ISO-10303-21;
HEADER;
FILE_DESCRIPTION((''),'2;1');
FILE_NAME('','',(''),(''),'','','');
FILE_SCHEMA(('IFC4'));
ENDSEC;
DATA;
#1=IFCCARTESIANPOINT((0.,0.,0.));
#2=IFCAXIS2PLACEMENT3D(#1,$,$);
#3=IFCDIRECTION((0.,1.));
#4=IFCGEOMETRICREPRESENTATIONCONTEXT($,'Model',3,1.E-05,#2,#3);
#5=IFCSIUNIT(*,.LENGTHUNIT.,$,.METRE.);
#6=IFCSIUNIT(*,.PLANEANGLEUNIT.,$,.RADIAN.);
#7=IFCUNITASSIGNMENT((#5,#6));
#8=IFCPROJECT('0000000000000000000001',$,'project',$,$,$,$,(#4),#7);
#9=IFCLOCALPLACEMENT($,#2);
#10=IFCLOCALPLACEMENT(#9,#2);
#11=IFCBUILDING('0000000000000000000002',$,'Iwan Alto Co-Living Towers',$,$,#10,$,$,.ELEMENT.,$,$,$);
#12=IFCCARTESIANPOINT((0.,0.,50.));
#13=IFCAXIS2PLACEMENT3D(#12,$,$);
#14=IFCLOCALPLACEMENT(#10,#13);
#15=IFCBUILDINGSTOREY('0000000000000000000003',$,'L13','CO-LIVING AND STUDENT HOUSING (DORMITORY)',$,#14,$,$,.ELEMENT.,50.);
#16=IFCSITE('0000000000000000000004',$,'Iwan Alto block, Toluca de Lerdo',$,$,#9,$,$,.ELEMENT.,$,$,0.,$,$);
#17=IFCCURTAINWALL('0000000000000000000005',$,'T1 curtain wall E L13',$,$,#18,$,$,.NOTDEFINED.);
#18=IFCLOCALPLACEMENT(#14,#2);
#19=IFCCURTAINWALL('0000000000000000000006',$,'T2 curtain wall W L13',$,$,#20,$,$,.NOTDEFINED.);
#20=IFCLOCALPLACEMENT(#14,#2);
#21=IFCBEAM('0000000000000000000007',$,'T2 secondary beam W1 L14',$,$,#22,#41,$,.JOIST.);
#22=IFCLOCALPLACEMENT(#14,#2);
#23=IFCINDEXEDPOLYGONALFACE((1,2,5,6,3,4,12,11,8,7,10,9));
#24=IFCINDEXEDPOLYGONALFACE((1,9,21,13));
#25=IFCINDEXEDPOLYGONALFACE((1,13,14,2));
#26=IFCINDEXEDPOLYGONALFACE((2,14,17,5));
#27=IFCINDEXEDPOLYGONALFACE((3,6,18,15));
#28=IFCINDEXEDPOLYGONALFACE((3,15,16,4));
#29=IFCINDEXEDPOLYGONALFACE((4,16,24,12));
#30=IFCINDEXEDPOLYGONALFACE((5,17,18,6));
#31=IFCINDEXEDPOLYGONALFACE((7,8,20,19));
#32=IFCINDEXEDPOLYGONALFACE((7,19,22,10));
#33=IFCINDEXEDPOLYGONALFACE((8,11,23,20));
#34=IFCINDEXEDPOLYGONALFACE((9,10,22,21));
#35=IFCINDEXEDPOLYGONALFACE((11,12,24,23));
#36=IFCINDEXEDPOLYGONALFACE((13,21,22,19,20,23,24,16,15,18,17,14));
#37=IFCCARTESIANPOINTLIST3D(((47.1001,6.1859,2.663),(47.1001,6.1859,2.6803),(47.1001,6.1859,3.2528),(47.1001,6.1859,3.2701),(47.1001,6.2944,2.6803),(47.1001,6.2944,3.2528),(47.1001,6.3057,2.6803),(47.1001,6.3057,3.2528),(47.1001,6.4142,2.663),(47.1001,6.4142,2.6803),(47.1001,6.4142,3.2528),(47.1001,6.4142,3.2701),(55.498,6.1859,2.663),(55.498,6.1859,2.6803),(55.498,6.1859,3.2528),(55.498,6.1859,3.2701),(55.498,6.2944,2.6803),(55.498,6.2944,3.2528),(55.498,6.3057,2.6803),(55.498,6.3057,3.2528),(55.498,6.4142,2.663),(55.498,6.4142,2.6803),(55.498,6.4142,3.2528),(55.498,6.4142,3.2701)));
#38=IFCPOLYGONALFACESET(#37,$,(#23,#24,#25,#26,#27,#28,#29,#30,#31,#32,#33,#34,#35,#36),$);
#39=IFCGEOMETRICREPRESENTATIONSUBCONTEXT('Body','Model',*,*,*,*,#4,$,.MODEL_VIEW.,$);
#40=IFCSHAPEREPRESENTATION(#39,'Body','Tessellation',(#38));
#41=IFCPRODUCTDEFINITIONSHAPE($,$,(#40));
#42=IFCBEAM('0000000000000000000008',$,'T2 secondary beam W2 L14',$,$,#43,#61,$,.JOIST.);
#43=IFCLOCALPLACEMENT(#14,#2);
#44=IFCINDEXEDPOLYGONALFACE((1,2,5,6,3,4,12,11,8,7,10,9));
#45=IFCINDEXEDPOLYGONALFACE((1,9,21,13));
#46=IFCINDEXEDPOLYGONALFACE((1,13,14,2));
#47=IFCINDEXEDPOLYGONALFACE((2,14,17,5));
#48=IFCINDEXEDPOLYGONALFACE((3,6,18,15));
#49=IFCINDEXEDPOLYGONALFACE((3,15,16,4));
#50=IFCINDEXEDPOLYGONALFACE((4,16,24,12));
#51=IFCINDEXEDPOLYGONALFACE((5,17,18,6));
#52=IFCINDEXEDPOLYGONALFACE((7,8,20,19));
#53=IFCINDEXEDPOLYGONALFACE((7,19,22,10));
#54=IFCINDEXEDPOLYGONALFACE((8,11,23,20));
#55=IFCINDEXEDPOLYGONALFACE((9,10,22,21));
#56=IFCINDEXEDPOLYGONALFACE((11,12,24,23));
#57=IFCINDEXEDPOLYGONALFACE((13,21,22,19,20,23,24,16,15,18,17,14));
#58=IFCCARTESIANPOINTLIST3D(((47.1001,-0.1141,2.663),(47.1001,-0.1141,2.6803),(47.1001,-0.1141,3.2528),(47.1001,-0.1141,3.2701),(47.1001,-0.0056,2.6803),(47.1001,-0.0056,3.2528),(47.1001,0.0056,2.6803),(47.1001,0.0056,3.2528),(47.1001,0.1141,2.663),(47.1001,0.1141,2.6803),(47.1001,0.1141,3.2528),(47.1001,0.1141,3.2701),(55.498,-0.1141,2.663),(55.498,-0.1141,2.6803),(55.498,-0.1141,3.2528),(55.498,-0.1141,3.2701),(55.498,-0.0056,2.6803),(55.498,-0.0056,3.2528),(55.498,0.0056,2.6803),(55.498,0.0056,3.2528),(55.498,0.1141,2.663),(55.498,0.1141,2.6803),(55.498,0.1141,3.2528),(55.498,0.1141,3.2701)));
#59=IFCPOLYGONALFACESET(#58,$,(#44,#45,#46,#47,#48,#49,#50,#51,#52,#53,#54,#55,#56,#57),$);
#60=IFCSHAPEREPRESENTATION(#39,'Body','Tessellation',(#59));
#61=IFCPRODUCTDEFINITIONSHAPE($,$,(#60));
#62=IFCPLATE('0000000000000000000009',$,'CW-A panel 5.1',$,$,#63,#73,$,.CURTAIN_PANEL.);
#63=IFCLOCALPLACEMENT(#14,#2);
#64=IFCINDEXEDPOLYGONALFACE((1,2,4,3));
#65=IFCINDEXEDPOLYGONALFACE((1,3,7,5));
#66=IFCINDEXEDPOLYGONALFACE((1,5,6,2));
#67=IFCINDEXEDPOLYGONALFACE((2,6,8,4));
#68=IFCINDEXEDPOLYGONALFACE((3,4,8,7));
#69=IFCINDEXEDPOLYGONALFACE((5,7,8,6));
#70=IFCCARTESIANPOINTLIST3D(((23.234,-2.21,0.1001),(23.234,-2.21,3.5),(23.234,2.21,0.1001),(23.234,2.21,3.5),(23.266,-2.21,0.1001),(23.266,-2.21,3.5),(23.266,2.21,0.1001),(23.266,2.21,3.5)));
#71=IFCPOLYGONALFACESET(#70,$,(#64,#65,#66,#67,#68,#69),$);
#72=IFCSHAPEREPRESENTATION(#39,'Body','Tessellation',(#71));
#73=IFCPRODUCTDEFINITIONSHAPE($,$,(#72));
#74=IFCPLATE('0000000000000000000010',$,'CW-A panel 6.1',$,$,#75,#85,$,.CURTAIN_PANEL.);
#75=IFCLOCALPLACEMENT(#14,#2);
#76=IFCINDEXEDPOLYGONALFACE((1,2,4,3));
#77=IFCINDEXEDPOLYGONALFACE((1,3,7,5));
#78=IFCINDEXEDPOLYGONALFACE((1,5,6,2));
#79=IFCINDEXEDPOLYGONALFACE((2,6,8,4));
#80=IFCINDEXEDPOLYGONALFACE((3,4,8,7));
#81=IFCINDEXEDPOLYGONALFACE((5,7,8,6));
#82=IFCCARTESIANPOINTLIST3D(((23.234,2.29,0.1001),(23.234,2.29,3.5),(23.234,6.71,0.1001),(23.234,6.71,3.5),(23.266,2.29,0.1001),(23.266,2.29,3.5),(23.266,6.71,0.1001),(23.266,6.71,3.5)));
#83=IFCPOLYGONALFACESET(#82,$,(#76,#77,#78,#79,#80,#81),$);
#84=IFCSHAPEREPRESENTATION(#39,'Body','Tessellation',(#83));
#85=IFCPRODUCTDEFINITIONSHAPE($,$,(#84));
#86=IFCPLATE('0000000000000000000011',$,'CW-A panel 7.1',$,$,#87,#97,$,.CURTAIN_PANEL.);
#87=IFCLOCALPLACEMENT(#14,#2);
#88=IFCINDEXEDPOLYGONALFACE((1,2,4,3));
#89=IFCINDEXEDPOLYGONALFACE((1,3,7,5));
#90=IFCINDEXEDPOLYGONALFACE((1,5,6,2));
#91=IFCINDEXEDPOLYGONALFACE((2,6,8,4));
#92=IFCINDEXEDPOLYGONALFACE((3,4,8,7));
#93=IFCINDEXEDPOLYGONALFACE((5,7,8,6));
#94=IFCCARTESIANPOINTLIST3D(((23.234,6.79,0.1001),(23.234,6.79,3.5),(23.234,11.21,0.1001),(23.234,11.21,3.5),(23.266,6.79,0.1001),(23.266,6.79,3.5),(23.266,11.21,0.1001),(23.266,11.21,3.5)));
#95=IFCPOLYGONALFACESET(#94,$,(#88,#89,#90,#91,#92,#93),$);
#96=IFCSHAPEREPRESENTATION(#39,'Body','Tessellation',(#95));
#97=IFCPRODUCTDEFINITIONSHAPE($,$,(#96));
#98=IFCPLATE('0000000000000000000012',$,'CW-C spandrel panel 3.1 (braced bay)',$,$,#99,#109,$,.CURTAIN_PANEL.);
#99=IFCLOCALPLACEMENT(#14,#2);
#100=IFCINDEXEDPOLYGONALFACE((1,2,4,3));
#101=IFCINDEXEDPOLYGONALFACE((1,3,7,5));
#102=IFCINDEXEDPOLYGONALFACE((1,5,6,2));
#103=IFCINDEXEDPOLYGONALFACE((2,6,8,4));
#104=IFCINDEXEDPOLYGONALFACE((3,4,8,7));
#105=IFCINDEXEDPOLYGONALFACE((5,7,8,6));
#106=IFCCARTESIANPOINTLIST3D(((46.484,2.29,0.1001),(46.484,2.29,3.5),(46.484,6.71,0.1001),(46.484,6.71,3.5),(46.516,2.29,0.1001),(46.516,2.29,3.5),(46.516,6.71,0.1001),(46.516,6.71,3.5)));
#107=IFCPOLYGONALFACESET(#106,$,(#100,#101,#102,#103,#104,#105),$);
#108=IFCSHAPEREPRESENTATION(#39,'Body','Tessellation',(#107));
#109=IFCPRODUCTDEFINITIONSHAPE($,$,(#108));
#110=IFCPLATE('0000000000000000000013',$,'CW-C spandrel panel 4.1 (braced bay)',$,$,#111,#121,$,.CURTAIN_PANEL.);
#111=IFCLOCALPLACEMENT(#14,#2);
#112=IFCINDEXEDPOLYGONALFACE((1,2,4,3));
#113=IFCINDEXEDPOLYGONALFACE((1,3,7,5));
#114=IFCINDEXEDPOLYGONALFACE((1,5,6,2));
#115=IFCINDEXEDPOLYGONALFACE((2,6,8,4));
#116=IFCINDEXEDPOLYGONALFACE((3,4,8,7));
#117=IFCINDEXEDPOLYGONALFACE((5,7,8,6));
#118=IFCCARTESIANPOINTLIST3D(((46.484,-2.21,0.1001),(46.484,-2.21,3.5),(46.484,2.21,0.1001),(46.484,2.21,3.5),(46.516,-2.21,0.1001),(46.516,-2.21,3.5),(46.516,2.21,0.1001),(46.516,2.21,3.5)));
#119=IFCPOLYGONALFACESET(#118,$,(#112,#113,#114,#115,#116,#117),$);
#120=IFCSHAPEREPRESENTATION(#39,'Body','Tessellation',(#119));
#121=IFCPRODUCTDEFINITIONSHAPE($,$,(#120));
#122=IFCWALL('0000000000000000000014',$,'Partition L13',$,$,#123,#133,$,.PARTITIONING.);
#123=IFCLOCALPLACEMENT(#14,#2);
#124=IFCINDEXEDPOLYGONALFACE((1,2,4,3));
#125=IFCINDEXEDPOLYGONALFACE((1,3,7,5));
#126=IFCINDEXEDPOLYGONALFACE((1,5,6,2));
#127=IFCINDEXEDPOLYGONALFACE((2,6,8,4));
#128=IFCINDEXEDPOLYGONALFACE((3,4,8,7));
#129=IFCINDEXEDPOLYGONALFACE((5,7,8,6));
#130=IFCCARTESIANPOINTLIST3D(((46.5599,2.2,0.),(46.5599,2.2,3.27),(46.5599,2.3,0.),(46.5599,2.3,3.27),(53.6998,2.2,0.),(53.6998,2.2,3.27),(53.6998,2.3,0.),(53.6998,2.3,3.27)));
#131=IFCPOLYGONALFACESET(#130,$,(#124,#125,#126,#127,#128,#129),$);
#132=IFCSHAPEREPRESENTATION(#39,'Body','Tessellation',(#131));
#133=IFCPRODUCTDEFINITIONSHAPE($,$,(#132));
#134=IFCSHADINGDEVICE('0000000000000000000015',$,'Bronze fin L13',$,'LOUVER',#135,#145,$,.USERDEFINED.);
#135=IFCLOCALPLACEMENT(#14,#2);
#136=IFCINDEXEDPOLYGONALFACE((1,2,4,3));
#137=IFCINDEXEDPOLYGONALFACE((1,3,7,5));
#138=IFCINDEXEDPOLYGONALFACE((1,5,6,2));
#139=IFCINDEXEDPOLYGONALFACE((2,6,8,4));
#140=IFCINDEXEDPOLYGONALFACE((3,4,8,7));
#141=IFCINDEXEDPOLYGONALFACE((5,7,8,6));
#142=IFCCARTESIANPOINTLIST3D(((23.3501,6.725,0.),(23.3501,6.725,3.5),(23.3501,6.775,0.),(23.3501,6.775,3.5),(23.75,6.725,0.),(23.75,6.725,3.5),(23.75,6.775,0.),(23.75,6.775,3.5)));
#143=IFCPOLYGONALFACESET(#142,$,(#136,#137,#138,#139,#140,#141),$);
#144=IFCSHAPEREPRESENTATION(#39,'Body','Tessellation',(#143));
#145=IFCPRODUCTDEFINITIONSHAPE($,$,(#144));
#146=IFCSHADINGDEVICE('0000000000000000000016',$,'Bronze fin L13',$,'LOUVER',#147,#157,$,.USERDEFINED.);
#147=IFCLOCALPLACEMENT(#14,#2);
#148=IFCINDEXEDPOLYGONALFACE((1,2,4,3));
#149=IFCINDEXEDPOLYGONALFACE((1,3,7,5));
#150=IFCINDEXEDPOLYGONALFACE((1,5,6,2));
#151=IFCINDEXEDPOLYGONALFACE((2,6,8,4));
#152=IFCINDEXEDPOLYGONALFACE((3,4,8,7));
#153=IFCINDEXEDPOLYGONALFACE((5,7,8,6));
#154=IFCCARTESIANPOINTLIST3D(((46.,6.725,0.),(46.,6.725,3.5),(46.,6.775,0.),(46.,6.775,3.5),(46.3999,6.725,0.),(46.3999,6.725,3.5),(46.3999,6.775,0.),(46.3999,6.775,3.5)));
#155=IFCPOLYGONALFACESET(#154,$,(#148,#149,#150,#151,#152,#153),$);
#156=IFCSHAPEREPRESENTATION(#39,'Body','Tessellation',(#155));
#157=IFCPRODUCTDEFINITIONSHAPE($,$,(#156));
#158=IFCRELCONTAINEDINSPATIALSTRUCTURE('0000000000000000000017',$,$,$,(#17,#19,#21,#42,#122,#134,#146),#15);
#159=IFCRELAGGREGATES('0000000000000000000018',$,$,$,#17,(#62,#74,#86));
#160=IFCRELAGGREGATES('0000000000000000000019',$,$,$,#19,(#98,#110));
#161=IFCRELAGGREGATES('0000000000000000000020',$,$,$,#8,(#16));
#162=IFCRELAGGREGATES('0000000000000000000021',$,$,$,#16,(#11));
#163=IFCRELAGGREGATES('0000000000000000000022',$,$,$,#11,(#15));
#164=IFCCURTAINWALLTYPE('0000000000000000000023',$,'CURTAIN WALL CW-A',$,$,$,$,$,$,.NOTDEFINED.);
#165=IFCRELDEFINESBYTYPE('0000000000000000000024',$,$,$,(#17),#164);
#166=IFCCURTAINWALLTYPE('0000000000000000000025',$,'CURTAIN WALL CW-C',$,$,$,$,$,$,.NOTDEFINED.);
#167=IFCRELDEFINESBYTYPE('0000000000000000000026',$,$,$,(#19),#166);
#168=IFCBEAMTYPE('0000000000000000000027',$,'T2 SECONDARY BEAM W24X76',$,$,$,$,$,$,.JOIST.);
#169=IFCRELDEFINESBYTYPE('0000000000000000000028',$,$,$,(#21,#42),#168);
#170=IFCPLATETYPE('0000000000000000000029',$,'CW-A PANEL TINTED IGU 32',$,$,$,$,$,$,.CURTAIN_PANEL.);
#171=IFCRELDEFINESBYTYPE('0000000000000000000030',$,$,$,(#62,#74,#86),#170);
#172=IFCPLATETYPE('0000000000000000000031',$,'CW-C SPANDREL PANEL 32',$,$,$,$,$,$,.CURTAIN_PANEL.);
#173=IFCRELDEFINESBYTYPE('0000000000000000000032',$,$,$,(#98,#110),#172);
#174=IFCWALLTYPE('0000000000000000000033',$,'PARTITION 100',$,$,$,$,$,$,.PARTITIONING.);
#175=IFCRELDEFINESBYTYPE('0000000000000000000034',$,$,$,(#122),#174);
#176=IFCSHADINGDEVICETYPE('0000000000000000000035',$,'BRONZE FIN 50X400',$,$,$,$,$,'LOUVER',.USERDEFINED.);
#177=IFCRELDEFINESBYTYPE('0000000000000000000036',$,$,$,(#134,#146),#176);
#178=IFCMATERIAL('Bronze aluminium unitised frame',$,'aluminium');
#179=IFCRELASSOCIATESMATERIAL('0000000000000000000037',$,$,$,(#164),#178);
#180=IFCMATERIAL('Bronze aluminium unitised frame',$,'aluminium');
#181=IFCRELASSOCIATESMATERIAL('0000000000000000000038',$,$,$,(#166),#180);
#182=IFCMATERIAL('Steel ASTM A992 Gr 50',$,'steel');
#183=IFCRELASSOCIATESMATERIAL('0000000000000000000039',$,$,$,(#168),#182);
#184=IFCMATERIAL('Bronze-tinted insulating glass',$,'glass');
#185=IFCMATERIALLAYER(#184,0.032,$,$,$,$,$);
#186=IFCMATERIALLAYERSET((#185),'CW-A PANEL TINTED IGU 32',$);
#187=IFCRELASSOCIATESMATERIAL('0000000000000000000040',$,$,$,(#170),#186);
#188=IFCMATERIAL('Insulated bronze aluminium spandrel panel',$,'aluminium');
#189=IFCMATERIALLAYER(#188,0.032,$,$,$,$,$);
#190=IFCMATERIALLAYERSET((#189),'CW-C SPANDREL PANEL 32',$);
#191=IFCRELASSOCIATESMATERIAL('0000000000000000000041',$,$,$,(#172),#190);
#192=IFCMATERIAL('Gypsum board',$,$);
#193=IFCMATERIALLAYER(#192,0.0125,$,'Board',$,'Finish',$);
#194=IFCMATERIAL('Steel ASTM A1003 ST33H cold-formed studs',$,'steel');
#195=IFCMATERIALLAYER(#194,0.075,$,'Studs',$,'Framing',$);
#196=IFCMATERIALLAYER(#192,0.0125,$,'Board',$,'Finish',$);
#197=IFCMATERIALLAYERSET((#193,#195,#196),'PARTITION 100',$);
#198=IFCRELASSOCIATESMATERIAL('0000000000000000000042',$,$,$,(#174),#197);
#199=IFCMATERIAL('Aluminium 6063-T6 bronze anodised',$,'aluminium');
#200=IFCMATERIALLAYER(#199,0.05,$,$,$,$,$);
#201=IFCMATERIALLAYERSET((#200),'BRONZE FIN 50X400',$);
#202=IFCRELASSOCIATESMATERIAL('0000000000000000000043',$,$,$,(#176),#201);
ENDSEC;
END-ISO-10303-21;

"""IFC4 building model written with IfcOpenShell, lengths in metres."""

from ifc_helpers import new_model, si_unit, direction, frame, frame_2d, origin, origin_2d, place, context, subcontext, project, spatial, rectangle, i_section, extrude, material, layer, layer_set, material_profile, profile_set, type_object, element, aggregate, save


model = new_model("IFC4")

# Units and contexts
model_context = context("Model", 3, precision=1e-05, world=origin(), true_north=direction((0.0, 1.0)))
body_context = subcontext(model_context, "Body", "Model", "MODEL_VIEW")
ifc_project = project(units=[si_unit("LENGTHUNIT", "METRE"), si_unit("PLANEANGLEUNIT", "RADIAN")], contexts=[model_context])

# Site, building, storey
site_placement = place(None, origin())
site = spatial("IfcSite", under=ifc_project, at=site_placement, Name="Iwan Alto block, Toluca de Lerdo", CompositionType="ELEMENT", RefElevation=0.0)
building_placement = place(site_placement, origin())
building = spatial("IfcBuilding", under=site, at=building_placement, Name="Iwan Alto Co-Living Towers", CompositionType="ELEMENT")
storey_placement = place(building_placement, frame((0.0, 0.0, 50.0)))
storey = spatial("IfcBuildingStorey", under=building, at=storey_placement, Name="L13", Description="CO-LIVING AND STUDENT HOUSING (DORMITORY)", CompositionType="ELEMENT", Elevation=50.0)

# Curtain walls
ifc_material_1 = material(Name="Bronze aluminium unitised frame", Category="aluminium")
curtain_wall_type_1 = type_object("IfcCurtainWallType", Name="CURTAIN WALL CW-A", PredefinedType="NOTDEFINED", material=ifc_material_1)
curtain_wall_1_placement = place(storey_placement, origin())
curtain_wall_1 = element("IfcCurtainWall", 1, at=curtain_wall_1_placement, inside=storey, type_object=curtain_wall_type_1, Name="T1 curtain wall E L13", PredefinedType="NOTDEFINED")
ifc_material_2 = material(Name="Bronze aluminium unitised frame", Category="aluminium")
curtain_wall_type_2 = type_object("IfcCurtainWallType", Name="CURTAIN WALL CW-C", PredefinedType="NOTDEFINED", material=ifc_material_2)
curtain_wall_2_placement = place(storey_placement, origin())
curtain_wall_2 = element("IfcCurtainWall", 2, at=curtain_wall_2_placement, inside=storey, type_object=curtain_wall_type_2, Name="T2 curtain wall W L13", PredefinedType="NOTDEFINED")

# Beams
ifc_material_3 = material(Name="Steel ASTM A992 Gr 50", Category="steel")
ifc_material_profile_1 = material_profile(ifc_material_3, i_section(OverallWidth=0.2283, OverallDepth=0.6072, WebThickness=0.0112, FlangeThickness=0.0173, at=origin_2d()), Name="W24X76")
ifc_profile_set_1 = profile_set([ifc_material_profile_1], Name="Steel ASTM A992 Gr 50")
beam_type_1 = type_object("IfcBeamType", Name="T2 SECONDARY BEAM W24X76", PredefinedType="JOIST", material=ifc_profile_set_1)
for number, where, z_axis, x_axis, name in (
    (3, (47.1001, 6.3, 2.9666), (1.0, 0.0, 0.0), (0.0, 1.0, 0.0), "T2 secondary beam W1 L14"),
    (4, (47.1001, 0.0, 2.9666), (1.0, 0.0, 0.0), (0.0, 1.0, 0.0), "T2 secondary beam W2 L14"),
):
    element("IfcBeam", number, at=place(storey_placement, frame(where, z_axis=z_axis, x_axis=x_axis)), inside=storey, type_object=beam_type_1, Name=name, PredefinedType="JOIST", context=body_context, shape_type="SweptSolid", body=[
        extrude(i_section(OverallWidth=0.2283, OverallDepth=0.6072, WebThickness=0.0112, FlangeThickness=0.0173, at=origin_2d()), origin(), (0.0, 0.0, 1.0), 8.3979),
    ])

# Plates
ifc_material_4 = material(Name="Bronze-tinted insulating glass", Category="glass")
ifc_layer_1 = layer(ifc_material_4, 0.032)
ifc_layer_set_1 = layer_set([ifc_layer_1], Name="CW-A PANEL TINTED IGU 32")
plate_type_1 = type_object("IfcPlateType", Name="CW-A PANEL TINTED IGU 32", PredefinedType="CURTAIN_PANEL", material=ifc_layer_set_1)
plate_1_placement = place(storey_placement, frame((23.25, 0.0, 0.1001), z_axis=(0.0, 0.0, 1.0), x_axis=(0.0, 1.0, 0.0)))
plate_1 = element("IfcPlate", 5, at=plate_1_placement, type_object=plate_type_1, Name="CW-A panel 5.1", PredefinedType="CURTAIN_PANEL", context=body_context, shape_type="SweptSolid", body=[
    extrude(rectangle(XDim=4.4199, YDim=0.032, at=origin_2d()), origin(), (0.0, 0.0, 1.0), 3.3999),
])
plate_2_placement = place(storey_placement, frame((23.25, 4.5, 0.1001), z_axis=(0.0, 0.0, 1.0), x_axis=(0.0, 1.0, 0.0)))
plate_2 = element("IfcPlate", 6, at=plate_2_placement, type_object=plate_type_1, Name="CW-A panel 6.1", PredefinedType="CURTAIN_PANEL", context=body_context, shape_type="SweptSolid", body=[
    extrude(rectangle(XDim=4.4199, YDim=0.032, at=origin_2d()), origin(), (0.0, 0.0, 1.0), 3.3999),
])
plate_3_placement = place(storey_placement, frame((23.25, 9.0, 0.1001), z_axis=(0.0, 0.0, 1.0), x_axis=(0.0, 1.0, 0.0)))
plate_3 = element("IfcPlate", 7, at=plate_3_placement, type_object=plate_type_1, Name="CW-A panel 7.1", PredefinedType="CURTAIN_PANEL", context=body_context, shape_type="SweptSolid", body=[
    extrude(rectangle(XDim=4.4199, YDim=0.032, at=origin_2d()), origin(), (0.0, 0.0, 1.0), 3.3999),
])
aggregate(curtain_wall_1, [plate_1, plate_2, plate_3])
ifc_material_5 = material(Name="Insulated bronze aluminium spandrel panel", Category="aluminium")
ifc_layer_2 = layer(ifc_material_5, 0.032)
ifc_layer_set_2 = layer_set([ifc_layer_2], Name="CW-C SPANDREL PANEL 32")
plate_type_2 = type_object("IfcPlateType", Name="CW-C SPANDREL PANEL 32", PredefinedType="CURTAIN_PANEL", material=ifc_layer_set_2)
plate_4_placement = place(storey_placement, frame((46.5, 4.5, 0.1001), z_axis=(0.0, 0.0, 1.0), x_axis=(0.0, -1.0, 0.0)))
plate_4 = element("IfcPlate", 8, at=plate_4_placement, type_object=plate_type_2, Name="CW-C spandrel panel 3.1 (braced bay)", PredefinedType="CURTAIN_PANEL", context=body_context, shape_type="SweptSolid", body=[
    extrude(rectangle(XDim=4.4199, YDim=0.032, at=origin_2d()), origin(), (0.0, 0.0, 1.0), 3.3999),
])
plate_5_placement = place(storey_placement, frame((46.5, 0.0, 0.1001), z_axis=(0.0, 0.0, 1.0), x_axis=(0.0, -1.0, 0.0)))
plate_5 = element("IfcPlate", 9, at=plate_5_placement, type_object=plate_type_2, Name="CW-C spandrel panel 4.1 (braced bay)", PredefinedType="CURTAIN_PANEL", context=body_context, shape_type="SweptSolid", body=[
    extrude(rectangle(XDim=4.4199, YDim=0.032, at=origin_2d()), origin(), (0.0, 0.0, 1.0), 3.3999),
])
aggregate(curtain_wall_2, [plate_4, plate_5])

# Wall
ifc_material_6 = material(Name="Gypsum board")
ifc_layer_3 = layer(ifc_material_6, 0.0125, Name="Board", Category="Finish")
ifc_material_7 = material(Name="Steel ASTM A1003 ST33H cold-formed studs", Category="steel")
ifc_layer_4 = layer(ifc_material_7, 0.075, Name="Studs", Category="Framing")
ifc_layer_5 = layer(ifc_material_6, 0.0125, Name="Board", Category="Finish")
ifc_layer_set_3 = layer_set([ifc_layer_3, ifc_layer_4, ifc_layer_5], Name="PARTITION 100")
wall_type = type_object("IfcWallType", Name="PARTITION 100", PredefinedType="PARTITIONING", material=ifc_layer_set_3)
wall_placement = place(storey_placement, frame((46.5601, 2.25, 0.0), z_axis=(0.0, 0.0, 1.0), x_axis=(1.0, 0.0, 0.0)))
element("IfcWall", 10, at=wall_placement, inside=storey, type_object=wall_type, Name="Partition L13", PredefinedType="PARTITIONING", context=body_context, shape_type="SweptSolid", body=[
    extrude(rectangle(XDim=7.1399, YDim=0.1001, at=frame_2d((3.5698, 0.0))), origin(), (0.0, 0.0, 1.0), 3.27),
])

# Shading devices
ifc_material_8 = material(Name="Aluminium 6063-T6 bronze anodised", Category="aluminium")
ifc_layer_6 = layer(ifc_material_8, 0.05)
ifc_layer_set_4 = layer_set([ifc_layer_6], Name="BRONZE FIN 50X400")
shading_device_type = type_object("IfcShadingDeviceType", Name="BRONZE FIN 50X400", ElementType="LOUVER", PredefinedType="USERDEFINED", material=ifc_layer_set_4)
for number, where, z_axis, x_axis, name in (
    (11, (23.55, 6.75, 0.0), (0.0, 0.0, 1.0), (0.0, 1.0, 0.0), "Bronze fin L13"),
    (12, (46.2, 6.75, 0.0), (0.0, 0.0, 1.0), (0.0, -1.0, 0.0), "Bronze fin L13"),
):
    element("IfcShadingDevice", number, at=place(storey_placement, frame(where, z_axis=z_axis, x_axis=x_axis)), inside=storey, type_object=shading_device_type, Name=name, ObjectType="LOUVER", PredefinedType="USERDEFINED", context=body_context, shape_type="SweptSolid", body=[
        extrude(rectangle(XDim=0.05, YDim=0.3999, at=origin_2d()), origin(), (0.0, 0.0, 1.0), 3.5),
    ])

save(model, "model.ifc")
